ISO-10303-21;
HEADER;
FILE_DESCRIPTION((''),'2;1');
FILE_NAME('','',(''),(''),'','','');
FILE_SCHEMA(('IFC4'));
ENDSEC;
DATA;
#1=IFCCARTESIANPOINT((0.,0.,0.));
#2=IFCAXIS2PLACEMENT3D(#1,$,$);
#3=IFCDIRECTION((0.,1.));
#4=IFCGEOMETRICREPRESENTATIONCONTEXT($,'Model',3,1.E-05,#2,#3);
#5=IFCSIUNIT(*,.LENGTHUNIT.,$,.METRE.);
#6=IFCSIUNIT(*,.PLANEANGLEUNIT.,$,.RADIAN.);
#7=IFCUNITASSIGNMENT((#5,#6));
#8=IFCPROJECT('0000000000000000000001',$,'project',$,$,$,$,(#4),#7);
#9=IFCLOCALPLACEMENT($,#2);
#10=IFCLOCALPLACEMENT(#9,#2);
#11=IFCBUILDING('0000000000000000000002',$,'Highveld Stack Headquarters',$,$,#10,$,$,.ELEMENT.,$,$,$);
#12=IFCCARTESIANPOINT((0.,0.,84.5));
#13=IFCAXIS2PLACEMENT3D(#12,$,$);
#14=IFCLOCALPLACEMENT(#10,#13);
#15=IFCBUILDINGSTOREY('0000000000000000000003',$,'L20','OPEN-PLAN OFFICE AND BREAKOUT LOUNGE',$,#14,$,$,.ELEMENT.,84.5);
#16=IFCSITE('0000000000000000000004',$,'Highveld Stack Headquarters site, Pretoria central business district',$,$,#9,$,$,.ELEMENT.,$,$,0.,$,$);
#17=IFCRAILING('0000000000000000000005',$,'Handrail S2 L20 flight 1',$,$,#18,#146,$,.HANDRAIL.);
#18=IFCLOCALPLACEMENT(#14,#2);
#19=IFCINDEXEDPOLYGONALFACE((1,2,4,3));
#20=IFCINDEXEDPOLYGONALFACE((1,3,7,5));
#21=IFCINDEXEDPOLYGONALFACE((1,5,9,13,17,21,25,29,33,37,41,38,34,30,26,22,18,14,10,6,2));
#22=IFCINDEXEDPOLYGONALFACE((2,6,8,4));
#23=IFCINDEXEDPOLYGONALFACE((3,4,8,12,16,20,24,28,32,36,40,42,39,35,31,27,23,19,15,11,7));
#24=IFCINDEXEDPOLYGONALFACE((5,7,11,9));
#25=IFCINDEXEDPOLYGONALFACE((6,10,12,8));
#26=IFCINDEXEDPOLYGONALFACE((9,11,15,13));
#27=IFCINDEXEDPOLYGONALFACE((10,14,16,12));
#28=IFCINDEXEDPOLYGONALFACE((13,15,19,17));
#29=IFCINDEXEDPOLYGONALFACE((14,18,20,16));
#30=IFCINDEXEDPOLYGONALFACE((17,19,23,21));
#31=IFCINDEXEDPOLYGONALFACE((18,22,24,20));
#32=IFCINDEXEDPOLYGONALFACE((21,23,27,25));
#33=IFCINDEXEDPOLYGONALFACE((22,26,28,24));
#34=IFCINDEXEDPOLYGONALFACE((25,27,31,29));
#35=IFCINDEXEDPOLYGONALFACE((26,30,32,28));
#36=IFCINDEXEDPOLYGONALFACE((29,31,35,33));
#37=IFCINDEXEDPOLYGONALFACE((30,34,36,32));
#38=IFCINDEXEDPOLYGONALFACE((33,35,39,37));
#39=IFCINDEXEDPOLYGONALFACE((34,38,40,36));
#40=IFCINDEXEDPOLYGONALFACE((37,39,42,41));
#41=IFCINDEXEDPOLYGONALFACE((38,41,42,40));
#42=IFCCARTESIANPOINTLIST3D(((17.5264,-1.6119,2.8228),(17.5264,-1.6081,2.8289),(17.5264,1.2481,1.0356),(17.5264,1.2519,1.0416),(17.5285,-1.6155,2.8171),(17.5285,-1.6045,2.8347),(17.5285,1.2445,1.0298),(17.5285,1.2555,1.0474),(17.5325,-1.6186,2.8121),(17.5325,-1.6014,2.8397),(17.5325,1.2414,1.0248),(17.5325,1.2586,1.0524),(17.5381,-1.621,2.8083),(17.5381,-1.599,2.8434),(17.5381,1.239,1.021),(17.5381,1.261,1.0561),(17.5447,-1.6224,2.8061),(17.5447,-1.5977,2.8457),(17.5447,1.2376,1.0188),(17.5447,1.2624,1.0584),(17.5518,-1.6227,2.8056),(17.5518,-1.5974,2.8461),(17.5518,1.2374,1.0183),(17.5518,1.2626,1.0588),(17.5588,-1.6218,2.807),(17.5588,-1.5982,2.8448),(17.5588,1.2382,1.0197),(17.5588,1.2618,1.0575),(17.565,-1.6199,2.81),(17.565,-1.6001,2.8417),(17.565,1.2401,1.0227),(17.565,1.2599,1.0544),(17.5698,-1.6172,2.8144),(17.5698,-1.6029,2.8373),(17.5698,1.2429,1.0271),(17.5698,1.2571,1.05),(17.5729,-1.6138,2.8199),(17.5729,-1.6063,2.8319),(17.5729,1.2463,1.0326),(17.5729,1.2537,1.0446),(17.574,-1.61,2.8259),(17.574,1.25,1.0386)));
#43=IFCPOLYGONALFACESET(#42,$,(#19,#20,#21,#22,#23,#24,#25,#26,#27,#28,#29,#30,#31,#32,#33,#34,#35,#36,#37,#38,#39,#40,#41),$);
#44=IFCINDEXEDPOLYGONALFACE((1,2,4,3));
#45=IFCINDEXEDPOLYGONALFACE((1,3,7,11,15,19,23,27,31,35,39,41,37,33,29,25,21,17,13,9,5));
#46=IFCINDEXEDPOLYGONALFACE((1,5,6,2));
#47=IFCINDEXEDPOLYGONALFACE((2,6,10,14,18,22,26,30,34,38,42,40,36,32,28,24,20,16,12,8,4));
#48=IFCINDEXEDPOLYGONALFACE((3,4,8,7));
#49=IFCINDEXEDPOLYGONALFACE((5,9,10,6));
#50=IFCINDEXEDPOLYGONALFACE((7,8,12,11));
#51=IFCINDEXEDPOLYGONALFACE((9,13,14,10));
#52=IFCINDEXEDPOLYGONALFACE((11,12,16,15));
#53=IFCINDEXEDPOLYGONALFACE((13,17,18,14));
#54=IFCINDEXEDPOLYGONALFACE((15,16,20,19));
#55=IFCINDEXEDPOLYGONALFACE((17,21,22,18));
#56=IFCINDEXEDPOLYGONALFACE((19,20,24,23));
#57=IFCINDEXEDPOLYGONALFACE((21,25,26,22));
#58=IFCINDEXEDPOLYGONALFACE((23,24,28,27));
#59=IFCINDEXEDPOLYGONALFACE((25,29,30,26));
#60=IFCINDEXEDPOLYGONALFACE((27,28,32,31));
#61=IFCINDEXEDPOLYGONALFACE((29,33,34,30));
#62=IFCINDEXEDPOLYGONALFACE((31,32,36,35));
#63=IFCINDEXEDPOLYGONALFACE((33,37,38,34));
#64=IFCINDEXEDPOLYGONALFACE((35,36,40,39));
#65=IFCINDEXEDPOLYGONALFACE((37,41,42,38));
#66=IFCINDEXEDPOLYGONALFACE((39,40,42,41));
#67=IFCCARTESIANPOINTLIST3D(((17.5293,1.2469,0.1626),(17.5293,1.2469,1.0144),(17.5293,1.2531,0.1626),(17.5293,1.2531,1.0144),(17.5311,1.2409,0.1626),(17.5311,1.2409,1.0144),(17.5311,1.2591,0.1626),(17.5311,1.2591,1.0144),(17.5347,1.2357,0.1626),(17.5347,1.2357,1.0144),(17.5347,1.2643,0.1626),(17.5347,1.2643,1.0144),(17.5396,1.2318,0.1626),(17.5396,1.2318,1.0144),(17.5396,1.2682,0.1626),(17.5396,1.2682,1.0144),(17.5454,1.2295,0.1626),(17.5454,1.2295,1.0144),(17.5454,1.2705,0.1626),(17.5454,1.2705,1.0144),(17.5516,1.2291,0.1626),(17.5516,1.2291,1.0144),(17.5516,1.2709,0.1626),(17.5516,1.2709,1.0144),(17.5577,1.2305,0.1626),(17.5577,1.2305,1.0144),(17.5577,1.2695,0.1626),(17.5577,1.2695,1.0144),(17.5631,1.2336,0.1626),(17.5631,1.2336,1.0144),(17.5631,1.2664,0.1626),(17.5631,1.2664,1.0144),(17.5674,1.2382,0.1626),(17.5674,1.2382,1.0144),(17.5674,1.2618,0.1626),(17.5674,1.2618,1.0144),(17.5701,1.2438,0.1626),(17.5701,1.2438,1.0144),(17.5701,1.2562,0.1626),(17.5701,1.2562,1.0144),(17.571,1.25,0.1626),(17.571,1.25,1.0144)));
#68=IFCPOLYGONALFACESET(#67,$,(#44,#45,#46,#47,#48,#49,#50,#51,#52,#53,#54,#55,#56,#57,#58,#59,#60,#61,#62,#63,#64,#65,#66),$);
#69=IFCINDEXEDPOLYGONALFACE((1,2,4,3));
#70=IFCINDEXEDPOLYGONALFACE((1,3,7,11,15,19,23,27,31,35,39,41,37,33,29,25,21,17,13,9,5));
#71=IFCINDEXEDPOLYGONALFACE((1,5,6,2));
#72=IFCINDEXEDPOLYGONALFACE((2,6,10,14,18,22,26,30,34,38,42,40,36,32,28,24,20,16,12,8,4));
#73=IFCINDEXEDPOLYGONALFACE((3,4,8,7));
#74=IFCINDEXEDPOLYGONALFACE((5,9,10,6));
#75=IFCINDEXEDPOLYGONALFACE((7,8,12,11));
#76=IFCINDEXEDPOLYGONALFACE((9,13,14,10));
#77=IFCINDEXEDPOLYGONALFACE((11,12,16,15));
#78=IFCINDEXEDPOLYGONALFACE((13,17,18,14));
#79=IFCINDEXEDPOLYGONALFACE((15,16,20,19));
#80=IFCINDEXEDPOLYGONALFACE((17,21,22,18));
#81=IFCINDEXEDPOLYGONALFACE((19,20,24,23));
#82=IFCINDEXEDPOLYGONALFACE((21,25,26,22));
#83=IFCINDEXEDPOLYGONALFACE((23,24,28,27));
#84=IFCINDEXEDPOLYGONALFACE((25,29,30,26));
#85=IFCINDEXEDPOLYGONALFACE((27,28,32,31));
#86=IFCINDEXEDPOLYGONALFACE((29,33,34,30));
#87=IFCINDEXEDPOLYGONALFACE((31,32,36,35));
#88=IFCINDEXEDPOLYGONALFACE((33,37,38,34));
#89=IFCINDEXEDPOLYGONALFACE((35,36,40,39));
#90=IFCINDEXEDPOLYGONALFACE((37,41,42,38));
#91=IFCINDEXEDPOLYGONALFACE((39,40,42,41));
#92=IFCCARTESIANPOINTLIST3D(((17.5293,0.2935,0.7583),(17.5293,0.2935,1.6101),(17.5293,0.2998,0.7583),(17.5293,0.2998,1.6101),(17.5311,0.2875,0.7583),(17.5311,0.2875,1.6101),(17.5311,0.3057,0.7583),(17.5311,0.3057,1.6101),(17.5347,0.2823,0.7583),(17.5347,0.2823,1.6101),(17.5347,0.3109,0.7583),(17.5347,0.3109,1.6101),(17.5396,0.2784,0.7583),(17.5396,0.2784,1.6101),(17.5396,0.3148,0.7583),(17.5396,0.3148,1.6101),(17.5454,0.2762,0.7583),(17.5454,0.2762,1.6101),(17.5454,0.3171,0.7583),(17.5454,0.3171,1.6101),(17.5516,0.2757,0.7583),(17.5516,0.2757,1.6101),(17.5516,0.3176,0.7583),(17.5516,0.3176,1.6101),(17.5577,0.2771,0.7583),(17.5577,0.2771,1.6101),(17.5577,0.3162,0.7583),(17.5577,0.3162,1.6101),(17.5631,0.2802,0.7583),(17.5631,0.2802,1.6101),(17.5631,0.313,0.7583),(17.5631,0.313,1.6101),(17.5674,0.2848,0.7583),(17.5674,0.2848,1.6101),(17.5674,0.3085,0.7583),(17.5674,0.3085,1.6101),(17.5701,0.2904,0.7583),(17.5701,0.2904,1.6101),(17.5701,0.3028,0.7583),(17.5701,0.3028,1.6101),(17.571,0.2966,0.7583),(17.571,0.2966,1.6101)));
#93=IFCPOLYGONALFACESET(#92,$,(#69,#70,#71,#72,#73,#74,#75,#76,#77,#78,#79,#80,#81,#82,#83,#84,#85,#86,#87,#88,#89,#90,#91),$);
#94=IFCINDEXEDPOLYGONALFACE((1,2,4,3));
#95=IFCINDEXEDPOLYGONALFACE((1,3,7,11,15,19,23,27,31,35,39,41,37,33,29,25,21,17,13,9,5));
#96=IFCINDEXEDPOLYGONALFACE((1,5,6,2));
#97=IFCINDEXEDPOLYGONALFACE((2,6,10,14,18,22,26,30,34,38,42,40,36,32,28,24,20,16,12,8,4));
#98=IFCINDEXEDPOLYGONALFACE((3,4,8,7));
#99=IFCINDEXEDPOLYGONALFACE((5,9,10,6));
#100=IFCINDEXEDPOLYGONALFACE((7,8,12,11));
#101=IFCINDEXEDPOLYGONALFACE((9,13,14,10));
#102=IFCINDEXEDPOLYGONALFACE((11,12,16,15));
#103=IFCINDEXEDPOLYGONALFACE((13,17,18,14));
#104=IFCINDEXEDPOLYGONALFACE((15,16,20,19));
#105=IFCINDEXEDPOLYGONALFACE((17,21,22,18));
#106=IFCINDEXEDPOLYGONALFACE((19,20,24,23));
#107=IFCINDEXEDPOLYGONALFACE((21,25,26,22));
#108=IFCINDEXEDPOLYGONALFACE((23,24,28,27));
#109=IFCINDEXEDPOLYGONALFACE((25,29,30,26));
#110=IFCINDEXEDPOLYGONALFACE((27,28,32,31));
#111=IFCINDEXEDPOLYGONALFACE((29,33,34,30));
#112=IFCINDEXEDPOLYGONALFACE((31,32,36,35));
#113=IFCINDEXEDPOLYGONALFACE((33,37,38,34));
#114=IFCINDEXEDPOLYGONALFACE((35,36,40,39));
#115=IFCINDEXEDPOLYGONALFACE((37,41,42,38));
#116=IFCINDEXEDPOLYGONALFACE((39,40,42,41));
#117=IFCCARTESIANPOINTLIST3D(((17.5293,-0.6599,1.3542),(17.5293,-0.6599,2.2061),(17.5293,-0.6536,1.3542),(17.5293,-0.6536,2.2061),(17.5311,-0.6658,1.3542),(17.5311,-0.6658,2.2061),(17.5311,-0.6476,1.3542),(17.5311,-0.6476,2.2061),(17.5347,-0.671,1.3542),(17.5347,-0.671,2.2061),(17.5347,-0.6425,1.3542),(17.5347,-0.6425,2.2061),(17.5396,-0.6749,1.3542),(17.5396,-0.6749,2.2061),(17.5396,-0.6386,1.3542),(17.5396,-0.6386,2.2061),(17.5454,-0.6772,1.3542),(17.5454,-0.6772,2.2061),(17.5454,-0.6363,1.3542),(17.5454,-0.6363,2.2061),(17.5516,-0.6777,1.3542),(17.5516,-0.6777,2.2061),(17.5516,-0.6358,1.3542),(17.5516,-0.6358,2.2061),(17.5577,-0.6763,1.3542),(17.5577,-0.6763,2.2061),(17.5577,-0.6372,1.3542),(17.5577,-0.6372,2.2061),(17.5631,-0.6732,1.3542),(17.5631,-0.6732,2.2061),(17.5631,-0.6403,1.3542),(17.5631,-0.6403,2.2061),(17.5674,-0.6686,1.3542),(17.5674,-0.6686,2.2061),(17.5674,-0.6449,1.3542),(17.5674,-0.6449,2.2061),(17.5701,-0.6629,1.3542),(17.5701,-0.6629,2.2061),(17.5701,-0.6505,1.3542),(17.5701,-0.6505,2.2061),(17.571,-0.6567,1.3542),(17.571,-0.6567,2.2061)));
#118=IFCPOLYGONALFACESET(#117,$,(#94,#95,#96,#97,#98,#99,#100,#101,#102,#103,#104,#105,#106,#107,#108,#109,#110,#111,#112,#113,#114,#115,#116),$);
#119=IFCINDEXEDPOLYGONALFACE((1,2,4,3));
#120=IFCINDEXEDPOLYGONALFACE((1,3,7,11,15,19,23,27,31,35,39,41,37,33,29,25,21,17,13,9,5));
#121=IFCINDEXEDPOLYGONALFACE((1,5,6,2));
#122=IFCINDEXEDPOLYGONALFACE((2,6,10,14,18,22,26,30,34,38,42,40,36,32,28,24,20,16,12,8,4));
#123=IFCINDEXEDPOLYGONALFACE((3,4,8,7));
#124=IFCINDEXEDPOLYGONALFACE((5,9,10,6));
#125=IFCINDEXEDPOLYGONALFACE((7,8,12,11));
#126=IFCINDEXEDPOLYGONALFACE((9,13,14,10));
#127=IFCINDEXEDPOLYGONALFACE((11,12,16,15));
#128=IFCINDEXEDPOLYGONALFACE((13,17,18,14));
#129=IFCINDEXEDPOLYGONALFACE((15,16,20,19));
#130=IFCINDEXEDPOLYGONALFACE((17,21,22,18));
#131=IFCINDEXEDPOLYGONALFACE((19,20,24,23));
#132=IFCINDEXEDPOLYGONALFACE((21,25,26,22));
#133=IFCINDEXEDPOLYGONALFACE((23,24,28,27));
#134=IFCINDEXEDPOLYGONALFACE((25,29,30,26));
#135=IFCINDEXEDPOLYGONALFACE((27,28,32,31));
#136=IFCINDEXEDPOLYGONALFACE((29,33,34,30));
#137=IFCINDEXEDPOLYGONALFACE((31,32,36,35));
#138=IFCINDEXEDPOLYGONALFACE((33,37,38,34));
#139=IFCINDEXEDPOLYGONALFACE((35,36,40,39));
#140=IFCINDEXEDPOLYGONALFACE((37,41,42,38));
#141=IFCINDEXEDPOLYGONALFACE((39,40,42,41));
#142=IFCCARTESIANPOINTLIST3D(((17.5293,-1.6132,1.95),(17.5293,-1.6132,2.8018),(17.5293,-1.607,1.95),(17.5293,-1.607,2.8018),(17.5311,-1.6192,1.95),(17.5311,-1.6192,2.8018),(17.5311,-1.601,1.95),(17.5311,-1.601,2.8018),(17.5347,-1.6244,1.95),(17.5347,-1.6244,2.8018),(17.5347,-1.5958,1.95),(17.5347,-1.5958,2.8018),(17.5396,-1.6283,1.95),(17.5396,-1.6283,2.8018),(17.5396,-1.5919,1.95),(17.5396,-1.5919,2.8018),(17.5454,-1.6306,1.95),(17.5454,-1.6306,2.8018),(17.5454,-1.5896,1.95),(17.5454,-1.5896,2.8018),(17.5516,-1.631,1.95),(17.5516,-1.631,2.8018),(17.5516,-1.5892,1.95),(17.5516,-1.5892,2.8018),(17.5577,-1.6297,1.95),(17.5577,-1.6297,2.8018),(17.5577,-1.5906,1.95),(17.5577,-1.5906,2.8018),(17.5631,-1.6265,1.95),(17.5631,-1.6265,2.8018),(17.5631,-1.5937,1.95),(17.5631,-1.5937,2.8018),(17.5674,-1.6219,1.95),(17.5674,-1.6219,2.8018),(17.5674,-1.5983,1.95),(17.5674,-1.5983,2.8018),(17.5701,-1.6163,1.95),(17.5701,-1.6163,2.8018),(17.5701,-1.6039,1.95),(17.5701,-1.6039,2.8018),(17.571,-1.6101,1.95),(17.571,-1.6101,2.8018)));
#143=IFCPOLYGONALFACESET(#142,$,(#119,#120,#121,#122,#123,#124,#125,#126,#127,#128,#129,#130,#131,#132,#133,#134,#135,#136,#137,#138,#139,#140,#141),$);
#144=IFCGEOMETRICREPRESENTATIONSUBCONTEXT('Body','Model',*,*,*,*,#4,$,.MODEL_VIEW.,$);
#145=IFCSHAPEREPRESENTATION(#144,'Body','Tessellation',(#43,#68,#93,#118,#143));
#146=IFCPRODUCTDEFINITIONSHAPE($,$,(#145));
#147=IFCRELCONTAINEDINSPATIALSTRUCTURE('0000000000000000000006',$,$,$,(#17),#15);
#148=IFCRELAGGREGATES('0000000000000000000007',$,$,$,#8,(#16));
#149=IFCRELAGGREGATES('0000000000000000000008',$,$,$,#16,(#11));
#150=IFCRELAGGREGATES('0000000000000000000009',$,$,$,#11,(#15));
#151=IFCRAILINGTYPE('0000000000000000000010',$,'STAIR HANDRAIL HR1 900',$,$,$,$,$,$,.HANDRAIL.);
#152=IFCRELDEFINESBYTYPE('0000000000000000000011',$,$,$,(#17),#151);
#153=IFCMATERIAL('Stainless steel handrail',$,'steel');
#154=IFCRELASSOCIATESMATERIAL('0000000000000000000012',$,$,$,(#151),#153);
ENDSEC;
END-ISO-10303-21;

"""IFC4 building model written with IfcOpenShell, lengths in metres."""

from ifc_helpers import new_model, si_unit, direction, frame, origin, origin_2d, place, context, subcontext, project, spatial, circle, extrude, material, type_object, element, save


model = new_model("IFC4")

# Units and contexts
model_context = context("Model", 3, precision=1e-05, world=origin(), true_north=direction((0.0, 1.0)))
body_context = subcontext(model_context, "Body", "Model", "MODEL_VIEW")
ifc_project = project(units=[si_unit("LENGTHUNIT", "METRE"), si_unit("PLANEANGLEUNIT", "RADIAN")], contexts=[model_context])

# Site, building, storey
site_placement = place(None, origin())
site = spatial("IfcSite", under=ifc_project, at=site_placement, Name="Highveld Stack Headquarters site, Pretoria central business district", CompositionType="ELEMENT", RefElevation=0.0)
building_placement = place(site_placement, origin())
building = spatial("IfcBuilding", under=site, at=building_placement, Name="Highveld Stack Headquarters", CompositionType="ELEMENT")
storey_placement = place(building_placement, frame((0.0, 0.0, 84.5)))
storey = spatial("IfcBuildingStorey", under=building, at=storey_placement, Name="L20", Description="OPEN-PLAN OFFICE AND BREAKOUT LOUNGE", CompositionType="ELEMENT", Elevation=84.5)

# Railing
ifc_material_1 = material(Name="Stainless steel handrail", Category="steel")
railing_type = type_object("IfcRailingType", Name="STAIR HANDRAIL HR1 900", PredefinedType="HANDRAIL", material=ifc_material_1)
for number, where, name in (
    (1, (17.55, 1.25, 0.1626), "Handrail S2 L20 flight 1"),
):
    element("IfcRailing", number, at=place(storey_placement, frame(where)), inside=storey, type_object=railing_type, Name=name, PredefinedType="HANDRAIL", context=body_context, shape_type="SweptSolid", body=[
        extrude(circle(Radius=0.0239, at=origin_2d()), frame((0.0, 0.0, 0.876), z_axis=(0.0, -0.848027, 0.529953), x_axis=(1.0, 0.0, 0.0)), (0.0, 0.0, 1.0), 3.3726),
        extrude(circle(Radius=0.021, at=origin_2d()), origin(), (0.0, 0.0, 1.0), 0.8518),
        extrude(circle(Radius=0.021, at=origin_2d()), frame((0.0, -0.9534, 0.5957)), (0.0, 0.0, 1.0), 0.8518),
        extrude(circle(Radius=0.021, at=origin_2d()), frame((0.0, -1.9067, 1.1917)), (0.0, 0.0, 1.0), 0.8518),
        extrude(circle(Radius=0.021, at=origin_2d()), frame((0.0, -2.8601, 1.7874)), (0.0, 0.0, 1.0), 0.8518),
    ])

save(model, "model.ifc")
